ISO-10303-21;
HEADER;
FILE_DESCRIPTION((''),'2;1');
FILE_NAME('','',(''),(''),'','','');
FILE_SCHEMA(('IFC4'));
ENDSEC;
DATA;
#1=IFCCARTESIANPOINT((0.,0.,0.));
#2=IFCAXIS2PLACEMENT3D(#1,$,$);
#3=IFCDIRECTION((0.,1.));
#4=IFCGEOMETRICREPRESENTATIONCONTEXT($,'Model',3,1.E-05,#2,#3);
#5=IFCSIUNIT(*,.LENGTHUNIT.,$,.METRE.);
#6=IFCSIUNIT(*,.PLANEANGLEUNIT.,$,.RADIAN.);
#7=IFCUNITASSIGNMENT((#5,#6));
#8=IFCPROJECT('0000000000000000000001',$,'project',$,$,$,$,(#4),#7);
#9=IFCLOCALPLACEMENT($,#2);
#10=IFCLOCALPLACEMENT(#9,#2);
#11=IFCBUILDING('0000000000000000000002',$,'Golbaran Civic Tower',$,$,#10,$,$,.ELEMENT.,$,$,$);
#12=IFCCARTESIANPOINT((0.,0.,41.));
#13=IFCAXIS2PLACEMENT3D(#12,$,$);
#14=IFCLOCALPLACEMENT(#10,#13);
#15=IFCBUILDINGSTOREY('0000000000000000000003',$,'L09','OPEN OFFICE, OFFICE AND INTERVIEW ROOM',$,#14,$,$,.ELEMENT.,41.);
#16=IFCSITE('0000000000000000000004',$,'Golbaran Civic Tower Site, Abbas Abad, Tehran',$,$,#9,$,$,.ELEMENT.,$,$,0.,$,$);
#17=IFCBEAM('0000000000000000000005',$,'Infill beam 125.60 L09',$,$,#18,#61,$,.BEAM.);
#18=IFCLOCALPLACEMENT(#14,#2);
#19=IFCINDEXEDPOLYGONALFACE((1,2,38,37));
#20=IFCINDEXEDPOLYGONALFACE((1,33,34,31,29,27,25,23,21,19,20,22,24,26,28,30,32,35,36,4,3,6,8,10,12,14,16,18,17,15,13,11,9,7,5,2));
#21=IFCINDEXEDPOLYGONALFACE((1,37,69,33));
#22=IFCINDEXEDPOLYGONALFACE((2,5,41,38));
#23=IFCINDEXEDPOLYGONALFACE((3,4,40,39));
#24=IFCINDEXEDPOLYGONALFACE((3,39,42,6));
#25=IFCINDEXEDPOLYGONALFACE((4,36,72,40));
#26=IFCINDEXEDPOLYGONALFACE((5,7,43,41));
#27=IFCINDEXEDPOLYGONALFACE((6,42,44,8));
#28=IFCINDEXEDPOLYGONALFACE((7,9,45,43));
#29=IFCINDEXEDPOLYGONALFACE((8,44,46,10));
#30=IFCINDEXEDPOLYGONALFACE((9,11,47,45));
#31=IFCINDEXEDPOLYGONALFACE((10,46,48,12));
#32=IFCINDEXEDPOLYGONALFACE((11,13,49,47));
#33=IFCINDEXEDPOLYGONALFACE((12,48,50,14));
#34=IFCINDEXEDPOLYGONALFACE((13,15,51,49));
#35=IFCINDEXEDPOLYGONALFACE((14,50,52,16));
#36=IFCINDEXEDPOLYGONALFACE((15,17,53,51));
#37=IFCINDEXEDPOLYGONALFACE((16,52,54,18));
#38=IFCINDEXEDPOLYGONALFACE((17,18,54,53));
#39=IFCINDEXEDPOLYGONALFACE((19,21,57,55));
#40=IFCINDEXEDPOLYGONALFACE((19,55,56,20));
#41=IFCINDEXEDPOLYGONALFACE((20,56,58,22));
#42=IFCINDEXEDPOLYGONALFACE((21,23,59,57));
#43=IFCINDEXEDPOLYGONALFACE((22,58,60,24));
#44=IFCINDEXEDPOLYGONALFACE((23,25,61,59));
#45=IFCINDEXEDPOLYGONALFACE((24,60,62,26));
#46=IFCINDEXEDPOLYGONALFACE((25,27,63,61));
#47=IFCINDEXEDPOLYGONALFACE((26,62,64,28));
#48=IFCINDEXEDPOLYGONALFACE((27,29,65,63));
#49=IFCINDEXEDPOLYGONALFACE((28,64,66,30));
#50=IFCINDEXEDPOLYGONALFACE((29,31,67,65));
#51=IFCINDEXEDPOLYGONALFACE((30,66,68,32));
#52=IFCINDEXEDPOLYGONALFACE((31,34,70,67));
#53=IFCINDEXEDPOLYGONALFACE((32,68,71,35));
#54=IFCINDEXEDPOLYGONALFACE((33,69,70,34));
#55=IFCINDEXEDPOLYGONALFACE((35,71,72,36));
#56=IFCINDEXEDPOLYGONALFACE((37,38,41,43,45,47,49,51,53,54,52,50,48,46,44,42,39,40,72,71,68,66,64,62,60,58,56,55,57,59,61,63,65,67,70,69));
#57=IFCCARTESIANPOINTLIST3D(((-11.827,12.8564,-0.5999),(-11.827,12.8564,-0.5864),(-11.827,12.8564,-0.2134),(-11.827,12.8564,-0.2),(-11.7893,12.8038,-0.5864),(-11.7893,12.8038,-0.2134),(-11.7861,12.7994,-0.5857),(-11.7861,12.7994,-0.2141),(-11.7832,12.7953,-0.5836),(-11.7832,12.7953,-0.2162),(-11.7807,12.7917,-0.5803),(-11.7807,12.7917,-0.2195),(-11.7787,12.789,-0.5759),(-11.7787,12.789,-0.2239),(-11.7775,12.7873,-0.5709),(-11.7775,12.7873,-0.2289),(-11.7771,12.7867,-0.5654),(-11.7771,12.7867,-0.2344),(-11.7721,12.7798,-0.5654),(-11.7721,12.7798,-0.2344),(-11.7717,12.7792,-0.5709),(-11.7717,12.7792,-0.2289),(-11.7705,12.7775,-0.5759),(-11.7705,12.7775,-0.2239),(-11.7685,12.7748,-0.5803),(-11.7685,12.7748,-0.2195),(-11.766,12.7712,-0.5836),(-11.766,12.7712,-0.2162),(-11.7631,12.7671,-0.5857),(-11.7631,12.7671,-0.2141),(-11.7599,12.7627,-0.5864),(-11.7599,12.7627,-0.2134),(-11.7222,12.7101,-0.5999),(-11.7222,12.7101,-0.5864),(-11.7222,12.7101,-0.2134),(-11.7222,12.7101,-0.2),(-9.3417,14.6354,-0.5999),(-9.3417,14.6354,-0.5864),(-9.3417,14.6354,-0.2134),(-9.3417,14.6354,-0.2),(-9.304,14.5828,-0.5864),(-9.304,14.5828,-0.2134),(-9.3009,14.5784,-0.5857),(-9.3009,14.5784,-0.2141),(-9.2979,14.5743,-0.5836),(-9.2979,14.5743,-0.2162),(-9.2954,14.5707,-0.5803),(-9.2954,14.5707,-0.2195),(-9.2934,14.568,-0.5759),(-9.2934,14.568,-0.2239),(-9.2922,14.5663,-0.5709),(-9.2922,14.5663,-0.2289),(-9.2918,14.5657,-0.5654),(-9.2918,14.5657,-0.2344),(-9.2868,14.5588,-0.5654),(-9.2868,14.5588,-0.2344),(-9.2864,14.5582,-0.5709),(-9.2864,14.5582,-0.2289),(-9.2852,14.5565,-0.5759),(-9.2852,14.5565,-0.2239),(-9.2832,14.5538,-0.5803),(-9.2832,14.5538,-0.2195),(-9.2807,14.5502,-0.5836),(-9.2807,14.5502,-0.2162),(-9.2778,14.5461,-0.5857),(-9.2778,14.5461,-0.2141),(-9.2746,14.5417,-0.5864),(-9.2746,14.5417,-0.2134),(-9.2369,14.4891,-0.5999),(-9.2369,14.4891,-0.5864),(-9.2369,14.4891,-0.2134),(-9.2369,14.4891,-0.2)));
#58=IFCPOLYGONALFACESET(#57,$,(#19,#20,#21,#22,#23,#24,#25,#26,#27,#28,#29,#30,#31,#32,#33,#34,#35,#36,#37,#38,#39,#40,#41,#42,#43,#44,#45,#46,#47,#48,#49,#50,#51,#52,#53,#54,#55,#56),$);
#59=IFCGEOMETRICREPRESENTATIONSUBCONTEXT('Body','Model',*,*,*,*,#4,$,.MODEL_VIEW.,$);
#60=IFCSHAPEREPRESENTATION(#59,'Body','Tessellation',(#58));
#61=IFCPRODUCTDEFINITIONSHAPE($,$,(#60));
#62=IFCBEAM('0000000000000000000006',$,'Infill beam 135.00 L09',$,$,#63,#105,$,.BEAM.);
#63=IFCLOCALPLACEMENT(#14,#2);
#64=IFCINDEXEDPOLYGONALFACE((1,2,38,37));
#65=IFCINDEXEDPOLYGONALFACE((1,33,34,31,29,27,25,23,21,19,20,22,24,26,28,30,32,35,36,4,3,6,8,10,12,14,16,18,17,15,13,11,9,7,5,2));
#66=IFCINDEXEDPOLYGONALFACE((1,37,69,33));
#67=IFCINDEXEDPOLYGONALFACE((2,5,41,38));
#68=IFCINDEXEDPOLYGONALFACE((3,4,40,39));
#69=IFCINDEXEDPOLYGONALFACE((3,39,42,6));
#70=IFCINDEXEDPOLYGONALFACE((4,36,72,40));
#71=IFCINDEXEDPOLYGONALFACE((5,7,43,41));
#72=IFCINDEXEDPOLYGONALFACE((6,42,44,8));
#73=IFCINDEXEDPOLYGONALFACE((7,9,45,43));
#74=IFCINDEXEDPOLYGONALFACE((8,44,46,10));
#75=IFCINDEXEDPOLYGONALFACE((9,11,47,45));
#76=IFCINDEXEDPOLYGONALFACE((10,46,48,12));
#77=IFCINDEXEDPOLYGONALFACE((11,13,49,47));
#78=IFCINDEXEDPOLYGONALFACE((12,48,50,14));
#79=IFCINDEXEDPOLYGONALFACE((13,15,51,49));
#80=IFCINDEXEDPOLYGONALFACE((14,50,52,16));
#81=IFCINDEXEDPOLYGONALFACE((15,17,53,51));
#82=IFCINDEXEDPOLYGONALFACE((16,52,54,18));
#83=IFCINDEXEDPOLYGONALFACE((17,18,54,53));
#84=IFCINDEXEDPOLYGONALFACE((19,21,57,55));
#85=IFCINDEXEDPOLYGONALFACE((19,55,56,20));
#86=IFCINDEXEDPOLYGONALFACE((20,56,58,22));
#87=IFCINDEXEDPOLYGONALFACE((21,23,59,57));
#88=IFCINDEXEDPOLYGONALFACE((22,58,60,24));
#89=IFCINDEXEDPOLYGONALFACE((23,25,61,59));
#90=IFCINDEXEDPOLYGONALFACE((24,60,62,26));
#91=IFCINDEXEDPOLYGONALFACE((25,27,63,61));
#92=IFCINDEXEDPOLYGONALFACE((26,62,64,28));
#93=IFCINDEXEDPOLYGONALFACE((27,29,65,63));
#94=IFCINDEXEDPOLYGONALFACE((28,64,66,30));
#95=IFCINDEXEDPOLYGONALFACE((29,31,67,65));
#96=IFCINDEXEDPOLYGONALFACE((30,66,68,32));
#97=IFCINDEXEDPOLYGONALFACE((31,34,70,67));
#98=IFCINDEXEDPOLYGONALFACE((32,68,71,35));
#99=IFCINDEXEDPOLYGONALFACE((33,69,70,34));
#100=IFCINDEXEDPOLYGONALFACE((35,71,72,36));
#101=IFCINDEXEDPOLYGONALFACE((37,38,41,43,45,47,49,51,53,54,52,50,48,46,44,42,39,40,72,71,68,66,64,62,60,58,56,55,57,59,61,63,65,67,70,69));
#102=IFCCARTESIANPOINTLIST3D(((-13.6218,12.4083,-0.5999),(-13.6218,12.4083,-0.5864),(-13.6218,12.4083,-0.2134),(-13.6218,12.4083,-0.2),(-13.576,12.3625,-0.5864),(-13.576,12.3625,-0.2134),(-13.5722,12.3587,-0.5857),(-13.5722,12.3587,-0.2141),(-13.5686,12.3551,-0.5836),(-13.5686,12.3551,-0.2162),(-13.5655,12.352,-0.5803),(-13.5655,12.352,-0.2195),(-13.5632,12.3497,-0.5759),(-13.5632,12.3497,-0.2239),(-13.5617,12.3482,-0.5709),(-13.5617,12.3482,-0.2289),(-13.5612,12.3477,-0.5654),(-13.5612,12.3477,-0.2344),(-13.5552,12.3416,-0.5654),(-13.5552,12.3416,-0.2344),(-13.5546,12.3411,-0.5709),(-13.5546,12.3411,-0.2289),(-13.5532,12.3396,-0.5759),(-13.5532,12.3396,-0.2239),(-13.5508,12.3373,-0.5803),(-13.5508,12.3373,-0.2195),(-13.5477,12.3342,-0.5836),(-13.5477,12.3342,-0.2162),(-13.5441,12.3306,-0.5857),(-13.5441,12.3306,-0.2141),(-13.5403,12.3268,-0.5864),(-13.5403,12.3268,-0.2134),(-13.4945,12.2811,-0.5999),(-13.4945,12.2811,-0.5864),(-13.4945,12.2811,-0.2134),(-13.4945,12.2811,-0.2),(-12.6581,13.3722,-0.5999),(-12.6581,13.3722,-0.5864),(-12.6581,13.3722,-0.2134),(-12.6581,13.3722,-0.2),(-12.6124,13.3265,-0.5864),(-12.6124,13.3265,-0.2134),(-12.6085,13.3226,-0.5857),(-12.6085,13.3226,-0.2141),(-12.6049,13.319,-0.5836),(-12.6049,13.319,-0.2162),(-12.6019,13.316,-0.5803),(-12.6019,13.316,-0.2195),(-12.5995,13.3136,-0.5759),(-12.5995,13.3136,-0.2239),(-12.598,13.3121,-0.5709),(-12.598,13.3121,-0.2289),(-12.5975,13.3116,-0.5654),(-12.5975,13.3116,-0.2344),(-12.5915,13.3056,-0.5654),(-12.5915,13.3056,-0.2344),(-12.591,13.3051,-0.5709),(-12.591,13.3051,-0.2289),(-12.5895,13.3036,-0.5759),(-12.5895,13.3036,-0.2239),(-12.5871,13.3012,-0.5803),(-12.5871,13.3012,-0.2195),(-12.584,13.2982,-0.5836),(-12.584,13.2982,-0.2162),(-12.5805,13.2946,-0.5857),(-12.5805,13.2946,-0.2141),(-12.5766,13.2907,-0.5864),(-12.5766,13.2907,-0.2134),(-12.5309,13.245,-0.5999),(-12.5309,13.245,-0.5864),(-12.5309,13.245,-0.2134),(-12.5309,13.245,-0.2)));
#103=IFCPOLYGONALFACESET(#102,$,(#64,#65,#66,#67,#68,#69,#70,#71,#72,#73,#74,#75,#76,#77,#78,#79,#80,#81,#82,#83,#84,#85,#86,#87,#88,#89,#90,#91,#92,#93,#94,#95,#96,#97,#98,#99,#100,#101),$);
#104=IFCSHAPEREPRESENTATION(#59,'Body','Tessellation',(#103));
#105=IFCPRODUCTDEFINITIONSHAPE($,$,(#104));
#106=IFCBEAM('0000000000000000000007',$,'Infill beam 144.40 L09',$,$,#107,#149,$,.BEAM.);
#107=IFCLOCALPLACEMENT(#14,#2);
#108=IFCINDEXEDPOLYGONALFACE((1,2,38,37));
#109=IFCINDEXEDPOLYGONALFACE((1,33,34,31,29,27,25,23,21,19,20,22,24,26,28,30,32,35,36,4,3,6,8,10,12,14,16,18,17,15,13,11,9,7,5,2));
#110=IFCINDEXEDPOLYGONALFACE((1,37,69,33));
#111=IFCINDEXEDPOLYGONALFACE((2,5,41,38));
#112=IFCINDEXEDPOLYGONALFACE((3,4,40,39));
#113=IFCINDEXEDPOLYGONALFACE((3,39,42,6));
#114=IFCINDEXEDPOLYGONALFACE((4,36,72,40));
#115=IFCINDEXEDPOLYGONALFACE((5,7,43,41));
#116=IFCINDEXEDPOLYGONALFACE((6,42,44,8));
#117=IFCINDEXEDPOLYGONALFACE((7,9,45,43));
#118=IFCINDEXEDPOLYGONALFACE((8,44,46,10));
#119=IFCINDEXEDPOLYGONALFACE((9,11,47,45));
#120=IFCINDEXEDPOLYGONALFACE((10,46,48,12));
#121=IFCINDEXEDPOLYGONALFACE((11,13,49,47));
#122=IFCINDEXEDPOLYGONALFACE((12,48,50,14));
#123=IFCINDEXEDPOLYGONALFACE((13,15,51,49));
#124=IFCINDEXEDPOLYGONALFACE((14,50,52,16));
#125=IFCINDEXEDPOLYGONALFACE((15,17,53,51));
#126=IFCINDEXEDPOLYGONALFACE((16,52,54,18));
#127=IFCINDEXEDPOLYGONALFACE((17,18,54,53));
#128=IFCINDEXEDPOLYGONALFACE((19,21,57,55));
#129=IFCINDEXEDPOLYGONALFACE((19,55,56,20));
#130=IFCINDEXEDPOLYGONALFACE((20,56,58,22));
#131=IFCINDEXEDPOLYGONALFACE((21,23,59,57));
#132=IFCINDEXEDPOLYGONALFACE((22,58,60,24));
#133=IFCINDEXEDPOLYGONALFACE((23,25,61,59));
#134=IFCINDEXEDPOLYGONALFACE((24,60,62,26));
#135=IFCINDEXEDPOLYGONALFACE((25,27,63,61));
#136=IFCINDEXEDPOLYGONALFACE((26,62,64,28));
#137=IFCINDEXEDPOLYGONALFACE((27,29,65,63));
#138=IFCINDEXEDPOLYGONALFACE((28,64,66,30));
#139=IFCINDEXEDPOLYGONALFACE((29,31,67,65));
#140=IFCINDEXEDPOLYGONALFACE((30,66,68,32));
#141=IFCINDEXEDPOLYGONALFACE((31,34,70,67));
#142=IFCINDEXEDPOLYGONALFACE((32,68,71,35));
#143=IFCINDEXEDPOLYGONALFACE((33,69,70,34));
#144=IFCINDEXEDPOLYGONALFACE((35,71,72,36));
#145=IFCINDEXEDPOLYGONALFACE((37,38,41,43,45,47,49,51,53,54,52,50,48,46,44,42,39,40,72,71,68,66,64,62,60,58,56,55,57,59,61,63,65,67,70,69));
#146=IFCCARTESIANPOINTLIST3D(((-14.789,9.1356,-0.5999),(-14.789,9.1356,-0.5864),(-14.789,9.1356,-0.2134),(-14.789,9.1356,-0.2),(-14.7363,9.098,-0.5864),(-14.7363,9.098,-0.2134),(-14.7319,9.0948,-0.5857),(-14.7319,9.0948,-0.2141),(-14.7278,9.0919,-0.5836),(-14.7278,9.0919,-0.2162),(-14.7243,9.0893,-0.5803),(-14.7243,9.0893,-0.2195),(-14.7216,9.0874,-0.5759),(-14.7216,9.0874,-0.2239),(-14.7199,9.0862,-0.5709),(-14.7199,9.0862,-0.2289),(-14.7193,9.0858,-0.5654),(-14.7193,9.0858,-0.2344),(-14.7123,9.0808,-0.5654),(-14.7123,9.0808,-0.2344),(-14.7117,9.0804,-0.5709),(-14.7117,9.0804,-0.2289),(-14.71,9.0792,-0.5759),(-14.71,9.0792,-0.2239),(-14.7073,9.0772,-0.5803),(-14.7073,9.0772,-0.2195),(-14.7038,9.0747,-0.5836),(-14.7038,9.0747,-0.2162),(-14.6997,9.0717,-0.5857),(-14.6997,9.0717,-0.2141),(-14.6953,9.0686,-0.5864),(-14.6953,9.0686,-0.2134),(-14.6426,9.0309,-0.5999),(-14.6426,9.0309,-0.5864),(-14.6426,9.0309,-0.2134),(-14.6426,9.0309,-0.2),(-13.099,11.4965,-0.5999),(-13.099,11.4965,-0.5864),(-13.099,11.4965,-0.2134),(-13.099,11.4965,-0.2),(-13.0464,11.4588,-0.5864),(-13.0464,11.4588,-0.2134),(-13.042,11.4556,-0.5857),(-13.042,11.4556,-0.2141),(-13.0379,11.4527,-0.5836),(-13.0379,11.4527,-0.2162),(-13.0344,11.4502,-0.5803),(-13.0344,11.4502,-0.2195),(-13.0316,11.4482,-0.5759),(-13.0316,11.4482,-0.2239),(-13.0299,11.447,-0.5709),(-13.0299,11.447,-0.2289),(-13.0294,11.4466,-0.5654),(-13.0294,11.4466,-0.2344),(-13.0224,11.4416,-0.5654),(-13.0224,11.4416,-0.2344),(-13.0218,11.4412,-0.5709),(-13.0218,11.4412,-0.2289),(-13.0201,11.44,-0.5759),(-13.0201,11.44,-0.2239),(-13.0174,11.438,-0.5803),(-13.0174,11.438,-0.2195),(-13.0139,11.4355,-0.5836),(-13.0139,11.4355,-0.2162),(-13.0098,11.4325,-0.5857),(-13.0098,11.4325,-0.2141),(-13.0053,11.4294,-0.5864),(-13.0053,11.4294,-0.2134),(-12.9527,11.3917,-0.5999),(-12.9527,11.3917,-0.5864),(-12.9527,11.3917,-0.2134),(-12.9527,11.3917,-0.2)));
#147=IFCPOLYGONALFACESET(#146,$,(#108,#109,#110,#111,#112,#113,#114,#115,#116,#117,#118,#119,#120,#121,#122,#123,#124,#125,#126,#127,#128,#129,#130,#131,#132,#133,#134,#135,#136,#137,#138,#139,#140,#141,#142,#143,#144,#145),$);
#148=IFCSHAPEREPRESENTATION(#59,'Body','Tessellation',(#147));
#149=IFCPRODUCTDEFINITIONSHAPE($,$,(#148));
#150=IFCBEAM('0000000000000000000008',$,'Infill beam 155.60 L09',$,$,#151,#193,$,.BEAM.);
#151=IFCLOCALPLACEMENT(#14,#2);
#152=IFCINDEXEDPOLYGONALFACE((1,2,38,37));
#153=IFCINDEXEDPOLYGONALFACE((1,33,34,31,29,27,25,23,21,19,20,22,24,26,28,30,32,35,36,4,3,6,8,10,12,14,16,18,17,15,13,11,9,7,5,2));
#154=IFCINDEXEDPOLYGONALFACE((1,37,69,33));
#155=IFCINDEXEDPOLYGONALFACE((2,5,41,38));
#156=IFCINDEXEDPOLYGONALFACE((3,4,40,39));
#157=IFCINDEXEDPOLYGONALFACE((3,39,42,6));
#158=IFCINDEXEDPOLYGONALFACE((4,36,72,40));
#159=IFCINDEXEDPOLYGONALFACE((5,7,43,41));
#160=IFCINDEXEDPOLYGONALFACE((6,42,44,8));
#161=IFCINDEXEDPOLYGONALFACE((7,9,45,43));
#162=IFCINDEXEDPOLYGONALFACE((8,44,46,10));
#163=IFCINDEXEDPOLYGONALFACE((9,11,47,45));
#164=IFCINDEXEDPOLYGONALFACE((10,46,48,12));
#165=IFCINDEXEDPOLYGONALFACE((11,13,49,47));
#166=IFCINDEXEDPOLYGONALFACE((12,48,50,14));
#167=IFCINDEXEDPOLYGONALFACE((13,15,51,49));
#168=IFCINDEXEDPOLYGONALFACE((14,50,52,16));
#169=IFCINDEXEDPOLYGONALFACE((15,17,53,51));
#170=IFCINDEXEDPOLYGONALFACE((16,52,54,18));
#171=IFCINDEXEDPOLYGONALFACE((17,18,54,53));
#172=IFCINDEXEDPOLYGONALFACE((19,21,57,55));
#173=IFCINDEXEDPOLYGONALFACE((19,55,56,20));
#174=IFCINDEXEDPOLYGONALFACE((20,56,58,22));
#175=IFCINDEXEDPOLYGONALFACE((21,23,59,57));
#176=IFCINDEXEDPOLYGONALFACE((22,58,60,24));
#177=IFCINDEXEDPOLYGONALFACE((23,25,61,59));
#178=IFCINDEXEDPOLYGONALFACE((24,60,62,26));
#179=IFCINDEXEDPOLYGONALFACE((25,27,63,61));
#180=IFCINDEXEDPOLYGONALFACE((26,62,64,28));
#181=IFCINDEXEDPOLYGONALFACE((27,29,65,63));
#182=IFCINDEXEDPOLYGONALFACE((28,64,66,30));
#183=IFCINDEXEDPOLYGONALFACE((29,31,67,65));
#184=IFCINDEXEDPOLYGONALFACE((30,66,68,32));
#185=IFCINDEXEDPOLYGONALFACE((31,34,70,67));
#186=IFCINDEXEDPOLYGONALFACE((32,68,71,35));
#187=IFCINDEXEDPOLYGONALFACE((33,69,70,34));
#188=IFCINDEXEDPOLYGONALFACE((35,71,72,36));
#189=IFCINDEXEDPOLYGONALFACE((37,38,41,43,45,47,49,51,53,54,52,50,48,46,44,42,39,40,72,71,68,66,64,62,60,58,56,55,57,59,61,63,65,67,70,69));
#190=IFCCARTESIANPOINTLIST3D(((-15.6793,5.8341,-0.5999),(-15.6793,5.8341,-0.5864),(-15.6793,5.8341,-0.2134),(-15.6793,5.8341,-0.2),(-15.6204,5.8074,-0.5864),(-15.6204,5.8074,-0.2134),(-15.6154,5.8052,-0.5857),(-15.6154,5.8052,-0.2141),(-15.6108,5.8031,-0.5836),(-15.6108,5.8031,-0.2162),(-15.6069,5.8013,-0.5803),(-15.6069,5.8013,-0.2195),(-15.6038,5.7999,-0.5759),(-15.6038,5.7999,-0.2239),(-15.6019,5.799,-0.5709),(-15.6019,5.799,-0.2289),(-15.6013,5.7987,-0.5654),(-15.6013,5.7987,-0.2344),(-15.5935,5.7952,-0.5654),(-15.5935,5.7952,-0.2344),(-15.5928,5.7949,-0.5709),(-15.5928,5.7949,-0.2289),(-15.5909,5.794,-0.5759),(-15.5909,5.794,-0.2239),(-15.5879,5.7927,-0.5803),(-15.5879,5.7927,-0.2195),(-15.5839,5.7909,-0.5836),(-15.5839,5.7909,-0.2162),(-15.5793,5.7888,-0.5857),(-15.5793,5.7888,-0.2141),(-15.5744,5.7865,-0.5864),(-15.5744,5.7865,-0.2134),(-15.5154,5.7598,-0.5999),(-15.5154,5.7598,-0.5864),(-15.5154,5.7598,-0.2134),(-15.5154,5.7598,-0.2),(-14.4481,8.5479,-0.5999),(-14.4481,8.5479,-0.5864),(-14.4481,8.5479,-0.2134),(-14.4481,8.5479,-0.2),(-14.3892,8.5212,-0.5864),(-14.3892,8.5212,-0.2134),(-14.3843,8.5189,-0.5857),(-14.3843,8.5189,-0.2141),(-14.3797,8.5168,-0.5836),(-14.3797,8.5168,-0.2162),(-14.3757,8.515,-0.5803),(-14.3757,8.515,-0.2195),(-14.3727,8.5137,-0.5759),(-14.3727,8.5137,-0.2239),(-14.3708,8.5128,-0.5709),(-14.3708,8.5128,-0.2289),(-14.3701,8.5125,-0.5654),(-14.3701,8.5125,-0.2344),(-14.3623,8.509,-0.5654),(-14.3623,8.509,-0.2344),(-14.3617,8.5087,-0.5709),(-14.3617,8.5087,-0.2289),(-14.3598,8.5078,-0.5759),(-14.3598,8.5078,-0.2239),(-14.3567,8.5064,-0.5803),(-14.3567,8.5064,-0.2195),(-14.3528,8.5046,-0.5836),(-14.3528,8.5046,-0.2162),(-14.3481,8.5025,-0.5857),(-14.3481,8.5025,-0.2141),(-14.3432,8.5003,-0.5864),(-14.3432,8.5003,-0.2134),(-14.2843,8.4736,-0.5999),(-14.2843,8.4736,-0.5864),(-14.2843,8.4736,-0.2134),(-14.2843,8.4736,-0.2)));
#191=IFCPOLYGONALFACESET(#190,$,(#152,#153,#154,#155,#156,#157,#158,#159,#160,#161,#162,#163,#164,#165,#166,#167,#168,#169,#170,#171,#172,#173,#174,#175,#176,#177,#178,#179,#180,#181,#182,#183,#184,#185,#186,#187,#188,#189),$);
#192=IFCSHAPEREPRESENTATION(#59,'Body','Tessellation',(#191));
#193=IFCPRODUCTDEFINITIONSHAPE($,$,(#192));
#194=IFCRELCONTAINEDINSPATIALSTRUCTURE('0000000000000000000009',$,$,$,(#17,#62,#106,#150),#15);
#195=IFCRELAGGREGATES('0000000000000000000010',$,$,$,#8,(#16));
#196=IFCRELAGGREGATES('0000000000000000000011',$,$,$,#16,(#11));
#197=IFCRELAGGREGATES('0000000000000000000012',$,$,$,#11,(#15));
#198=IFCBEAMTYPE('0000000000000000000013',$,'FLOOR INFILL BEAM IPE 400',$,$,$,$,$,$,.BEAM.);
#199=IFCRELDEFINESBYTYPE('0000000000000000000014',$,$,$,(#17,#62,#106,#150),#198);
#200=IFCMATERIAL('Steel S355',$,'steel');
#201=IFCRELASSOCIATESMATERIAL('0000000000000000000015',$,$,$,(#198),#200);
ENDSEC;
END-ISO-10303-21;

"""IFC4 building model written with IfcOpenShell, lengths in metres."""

from ifc_helpers import new_model, si_unit, direction, frame, origin, origin_2d, place, context, subcontext, project, spatial, i_section, extrude, material, material_profile, profile_set, type_object, element, save


model = new_model("IFC4")

# Units and contexts
model_context = context("Model", 3, precision=1e-05, world=origin(), true_north=direction((0.0, 1.0)))
body_context = subcontext(model_context, "Body", "Model", "MODEL_VIEW")
ifc_project = project(units=[si_unit("LENGTHUNIT", "METRE"), si_unit("PLANEANGLEUNIT", "RADIAN")], contexts=[model_context])

# Site, building, storey
site_placement = place(None, origin())
site = spatial("IfcSite", under=ifc_project, at=site_placement, Name="Golbaran Civic Tower Site, Abbas Abad, Tehran", CompositionType="ELEMENT", RefElevation=0.0)
building_placement = place(site_placement, origin())
building = spatial("IfcBuilding", under=site, at=building_placement, Name="Golbaran Civic Tower", CompositionType="ELEMENT")
storey_placement = place(building_placement, frame((0.0, 0.0, 41.0)))
storey = spatial("IfcBuildingStorey", under=building, at=storey_placement, Name="L09", Description="OPEN OFFICE, OFFICE AND INTERVIEW ROOM", CompositionType="ELEMENT", Elevation=41.0)

# Beams
ifc_material_1 = material(Name="Steel S355", Category="steel")
ifc_material_profile_1 = material_profile(ifc_material_1, i_section(OverallWidth=0.1799, OverallDepth=0.3999, WebThickness=0.0085, FlangeThickness=0.0134, FilletRadius=0.021, at=origin_2d()), Name="IPE 400")
ifc_profile_set_1 = profile_set([ifc_material_profile_1], Name="Steel S355")
beam_type_1 = type_object("IfcBeamType", Name="FLOOR INFILL BEAM IPE 400", PredefinedType="BEAM", material=ifc_profile_set_1)
beam_1_placement = place(storey_placement, frame((-9.2893, 14.5623, -0.3999), z_axis=(-0.813145, -0.582061, 0.0), x_axis=(0.582061, -0.813145, 0.0)))
element("IfcBeam", 1, at=beam_1_placement, inside=storey, type_object=beam_type_1, Name="Infill beam 125.60 L09", PredefinedType="BEAM", context=body_context, shape_type="SweptSolid", body=[
    extrude(i_section(OverallWidth=0.1799, OverallDepth=0.3999, WebThickness=0.0085, FlangeThickness=0.0134, FilletRadius=0.021, at=origin_2d()), origin(), (0.0, 0.0, 1.0), 3.0564),
])
beam_2_placement = place(storey_placement, frame((-12.5945, 13.3086, -0.3999), z_axis=(-0.707017, -0.707196, 0.0), x_axis=(0.707196, -0.707017, 0.0)))
element("IfcBeam", 2, at=beam_2_placement, inside=storey, type_object=beam_type_1, Name="Infill beam 135.00 L09", PredefinedType="BEAM", context=body_context, shape_type="SweptSolid", body=[
    extrude(i_section(OverallWidth=0.1799, OverallDepth=0.3999, WebThickness=0.0085, FlangeThickness=0.0134, FilletRadius=0.021, at=origin_2d()), origin(), (0.0, 0.0, 1.0), 1.363),
])
beam_3_placement = place(storey_placement, frame((-13.0259, 11.4441, -0.3999), z_axis=(-0.582065, -0.813142, 0.0), x_axis=(0.813142, -0.582065, 0.0)))
element("IfcBeam", 3, at=beam_3_placement, inside=storey, type_object=beam_type_1, Name="Infill beam 144.40 L09", PredefinedType="BEAM", context=body_context, shape_type="SweptSolid", body=[
    extrude(i_section(OverallWidth=0.1799, OverallDepth=0.3999, WebThickness=0.0085, FlangeThickness=0.0134, FilletRadius=0.021, at=origin_2d()), origin(), (0.0, 0.0, 1.0), 2.9033),
])
beam_4_placement = place(storey_placement, frame((-14.3662, 8.5107, -0.3999), z_axis=(-0.413142, -0.910666, 0.0), x_axis=(0.910666, -0.413142, 0.0)))
element("IfcBeam", 4, at=beam_4_placement, inside=storey, type_object=beam_type_1, Name="Infill beam 155.60 L09", PredefinedType="BEAM", context=body_context, shape_type="SweptSolid", body=[
    extrude(i_section(OverallWidth=0.1799, OverallDepth=0.3999, WebThickness=0.0085, FlangeThickness=0.0134, FilletRadius=0.021, at=origin_2d()), origin(), (0.0, 0.0, 1.0), 2.98),
])

save(model, "model.ifc")
